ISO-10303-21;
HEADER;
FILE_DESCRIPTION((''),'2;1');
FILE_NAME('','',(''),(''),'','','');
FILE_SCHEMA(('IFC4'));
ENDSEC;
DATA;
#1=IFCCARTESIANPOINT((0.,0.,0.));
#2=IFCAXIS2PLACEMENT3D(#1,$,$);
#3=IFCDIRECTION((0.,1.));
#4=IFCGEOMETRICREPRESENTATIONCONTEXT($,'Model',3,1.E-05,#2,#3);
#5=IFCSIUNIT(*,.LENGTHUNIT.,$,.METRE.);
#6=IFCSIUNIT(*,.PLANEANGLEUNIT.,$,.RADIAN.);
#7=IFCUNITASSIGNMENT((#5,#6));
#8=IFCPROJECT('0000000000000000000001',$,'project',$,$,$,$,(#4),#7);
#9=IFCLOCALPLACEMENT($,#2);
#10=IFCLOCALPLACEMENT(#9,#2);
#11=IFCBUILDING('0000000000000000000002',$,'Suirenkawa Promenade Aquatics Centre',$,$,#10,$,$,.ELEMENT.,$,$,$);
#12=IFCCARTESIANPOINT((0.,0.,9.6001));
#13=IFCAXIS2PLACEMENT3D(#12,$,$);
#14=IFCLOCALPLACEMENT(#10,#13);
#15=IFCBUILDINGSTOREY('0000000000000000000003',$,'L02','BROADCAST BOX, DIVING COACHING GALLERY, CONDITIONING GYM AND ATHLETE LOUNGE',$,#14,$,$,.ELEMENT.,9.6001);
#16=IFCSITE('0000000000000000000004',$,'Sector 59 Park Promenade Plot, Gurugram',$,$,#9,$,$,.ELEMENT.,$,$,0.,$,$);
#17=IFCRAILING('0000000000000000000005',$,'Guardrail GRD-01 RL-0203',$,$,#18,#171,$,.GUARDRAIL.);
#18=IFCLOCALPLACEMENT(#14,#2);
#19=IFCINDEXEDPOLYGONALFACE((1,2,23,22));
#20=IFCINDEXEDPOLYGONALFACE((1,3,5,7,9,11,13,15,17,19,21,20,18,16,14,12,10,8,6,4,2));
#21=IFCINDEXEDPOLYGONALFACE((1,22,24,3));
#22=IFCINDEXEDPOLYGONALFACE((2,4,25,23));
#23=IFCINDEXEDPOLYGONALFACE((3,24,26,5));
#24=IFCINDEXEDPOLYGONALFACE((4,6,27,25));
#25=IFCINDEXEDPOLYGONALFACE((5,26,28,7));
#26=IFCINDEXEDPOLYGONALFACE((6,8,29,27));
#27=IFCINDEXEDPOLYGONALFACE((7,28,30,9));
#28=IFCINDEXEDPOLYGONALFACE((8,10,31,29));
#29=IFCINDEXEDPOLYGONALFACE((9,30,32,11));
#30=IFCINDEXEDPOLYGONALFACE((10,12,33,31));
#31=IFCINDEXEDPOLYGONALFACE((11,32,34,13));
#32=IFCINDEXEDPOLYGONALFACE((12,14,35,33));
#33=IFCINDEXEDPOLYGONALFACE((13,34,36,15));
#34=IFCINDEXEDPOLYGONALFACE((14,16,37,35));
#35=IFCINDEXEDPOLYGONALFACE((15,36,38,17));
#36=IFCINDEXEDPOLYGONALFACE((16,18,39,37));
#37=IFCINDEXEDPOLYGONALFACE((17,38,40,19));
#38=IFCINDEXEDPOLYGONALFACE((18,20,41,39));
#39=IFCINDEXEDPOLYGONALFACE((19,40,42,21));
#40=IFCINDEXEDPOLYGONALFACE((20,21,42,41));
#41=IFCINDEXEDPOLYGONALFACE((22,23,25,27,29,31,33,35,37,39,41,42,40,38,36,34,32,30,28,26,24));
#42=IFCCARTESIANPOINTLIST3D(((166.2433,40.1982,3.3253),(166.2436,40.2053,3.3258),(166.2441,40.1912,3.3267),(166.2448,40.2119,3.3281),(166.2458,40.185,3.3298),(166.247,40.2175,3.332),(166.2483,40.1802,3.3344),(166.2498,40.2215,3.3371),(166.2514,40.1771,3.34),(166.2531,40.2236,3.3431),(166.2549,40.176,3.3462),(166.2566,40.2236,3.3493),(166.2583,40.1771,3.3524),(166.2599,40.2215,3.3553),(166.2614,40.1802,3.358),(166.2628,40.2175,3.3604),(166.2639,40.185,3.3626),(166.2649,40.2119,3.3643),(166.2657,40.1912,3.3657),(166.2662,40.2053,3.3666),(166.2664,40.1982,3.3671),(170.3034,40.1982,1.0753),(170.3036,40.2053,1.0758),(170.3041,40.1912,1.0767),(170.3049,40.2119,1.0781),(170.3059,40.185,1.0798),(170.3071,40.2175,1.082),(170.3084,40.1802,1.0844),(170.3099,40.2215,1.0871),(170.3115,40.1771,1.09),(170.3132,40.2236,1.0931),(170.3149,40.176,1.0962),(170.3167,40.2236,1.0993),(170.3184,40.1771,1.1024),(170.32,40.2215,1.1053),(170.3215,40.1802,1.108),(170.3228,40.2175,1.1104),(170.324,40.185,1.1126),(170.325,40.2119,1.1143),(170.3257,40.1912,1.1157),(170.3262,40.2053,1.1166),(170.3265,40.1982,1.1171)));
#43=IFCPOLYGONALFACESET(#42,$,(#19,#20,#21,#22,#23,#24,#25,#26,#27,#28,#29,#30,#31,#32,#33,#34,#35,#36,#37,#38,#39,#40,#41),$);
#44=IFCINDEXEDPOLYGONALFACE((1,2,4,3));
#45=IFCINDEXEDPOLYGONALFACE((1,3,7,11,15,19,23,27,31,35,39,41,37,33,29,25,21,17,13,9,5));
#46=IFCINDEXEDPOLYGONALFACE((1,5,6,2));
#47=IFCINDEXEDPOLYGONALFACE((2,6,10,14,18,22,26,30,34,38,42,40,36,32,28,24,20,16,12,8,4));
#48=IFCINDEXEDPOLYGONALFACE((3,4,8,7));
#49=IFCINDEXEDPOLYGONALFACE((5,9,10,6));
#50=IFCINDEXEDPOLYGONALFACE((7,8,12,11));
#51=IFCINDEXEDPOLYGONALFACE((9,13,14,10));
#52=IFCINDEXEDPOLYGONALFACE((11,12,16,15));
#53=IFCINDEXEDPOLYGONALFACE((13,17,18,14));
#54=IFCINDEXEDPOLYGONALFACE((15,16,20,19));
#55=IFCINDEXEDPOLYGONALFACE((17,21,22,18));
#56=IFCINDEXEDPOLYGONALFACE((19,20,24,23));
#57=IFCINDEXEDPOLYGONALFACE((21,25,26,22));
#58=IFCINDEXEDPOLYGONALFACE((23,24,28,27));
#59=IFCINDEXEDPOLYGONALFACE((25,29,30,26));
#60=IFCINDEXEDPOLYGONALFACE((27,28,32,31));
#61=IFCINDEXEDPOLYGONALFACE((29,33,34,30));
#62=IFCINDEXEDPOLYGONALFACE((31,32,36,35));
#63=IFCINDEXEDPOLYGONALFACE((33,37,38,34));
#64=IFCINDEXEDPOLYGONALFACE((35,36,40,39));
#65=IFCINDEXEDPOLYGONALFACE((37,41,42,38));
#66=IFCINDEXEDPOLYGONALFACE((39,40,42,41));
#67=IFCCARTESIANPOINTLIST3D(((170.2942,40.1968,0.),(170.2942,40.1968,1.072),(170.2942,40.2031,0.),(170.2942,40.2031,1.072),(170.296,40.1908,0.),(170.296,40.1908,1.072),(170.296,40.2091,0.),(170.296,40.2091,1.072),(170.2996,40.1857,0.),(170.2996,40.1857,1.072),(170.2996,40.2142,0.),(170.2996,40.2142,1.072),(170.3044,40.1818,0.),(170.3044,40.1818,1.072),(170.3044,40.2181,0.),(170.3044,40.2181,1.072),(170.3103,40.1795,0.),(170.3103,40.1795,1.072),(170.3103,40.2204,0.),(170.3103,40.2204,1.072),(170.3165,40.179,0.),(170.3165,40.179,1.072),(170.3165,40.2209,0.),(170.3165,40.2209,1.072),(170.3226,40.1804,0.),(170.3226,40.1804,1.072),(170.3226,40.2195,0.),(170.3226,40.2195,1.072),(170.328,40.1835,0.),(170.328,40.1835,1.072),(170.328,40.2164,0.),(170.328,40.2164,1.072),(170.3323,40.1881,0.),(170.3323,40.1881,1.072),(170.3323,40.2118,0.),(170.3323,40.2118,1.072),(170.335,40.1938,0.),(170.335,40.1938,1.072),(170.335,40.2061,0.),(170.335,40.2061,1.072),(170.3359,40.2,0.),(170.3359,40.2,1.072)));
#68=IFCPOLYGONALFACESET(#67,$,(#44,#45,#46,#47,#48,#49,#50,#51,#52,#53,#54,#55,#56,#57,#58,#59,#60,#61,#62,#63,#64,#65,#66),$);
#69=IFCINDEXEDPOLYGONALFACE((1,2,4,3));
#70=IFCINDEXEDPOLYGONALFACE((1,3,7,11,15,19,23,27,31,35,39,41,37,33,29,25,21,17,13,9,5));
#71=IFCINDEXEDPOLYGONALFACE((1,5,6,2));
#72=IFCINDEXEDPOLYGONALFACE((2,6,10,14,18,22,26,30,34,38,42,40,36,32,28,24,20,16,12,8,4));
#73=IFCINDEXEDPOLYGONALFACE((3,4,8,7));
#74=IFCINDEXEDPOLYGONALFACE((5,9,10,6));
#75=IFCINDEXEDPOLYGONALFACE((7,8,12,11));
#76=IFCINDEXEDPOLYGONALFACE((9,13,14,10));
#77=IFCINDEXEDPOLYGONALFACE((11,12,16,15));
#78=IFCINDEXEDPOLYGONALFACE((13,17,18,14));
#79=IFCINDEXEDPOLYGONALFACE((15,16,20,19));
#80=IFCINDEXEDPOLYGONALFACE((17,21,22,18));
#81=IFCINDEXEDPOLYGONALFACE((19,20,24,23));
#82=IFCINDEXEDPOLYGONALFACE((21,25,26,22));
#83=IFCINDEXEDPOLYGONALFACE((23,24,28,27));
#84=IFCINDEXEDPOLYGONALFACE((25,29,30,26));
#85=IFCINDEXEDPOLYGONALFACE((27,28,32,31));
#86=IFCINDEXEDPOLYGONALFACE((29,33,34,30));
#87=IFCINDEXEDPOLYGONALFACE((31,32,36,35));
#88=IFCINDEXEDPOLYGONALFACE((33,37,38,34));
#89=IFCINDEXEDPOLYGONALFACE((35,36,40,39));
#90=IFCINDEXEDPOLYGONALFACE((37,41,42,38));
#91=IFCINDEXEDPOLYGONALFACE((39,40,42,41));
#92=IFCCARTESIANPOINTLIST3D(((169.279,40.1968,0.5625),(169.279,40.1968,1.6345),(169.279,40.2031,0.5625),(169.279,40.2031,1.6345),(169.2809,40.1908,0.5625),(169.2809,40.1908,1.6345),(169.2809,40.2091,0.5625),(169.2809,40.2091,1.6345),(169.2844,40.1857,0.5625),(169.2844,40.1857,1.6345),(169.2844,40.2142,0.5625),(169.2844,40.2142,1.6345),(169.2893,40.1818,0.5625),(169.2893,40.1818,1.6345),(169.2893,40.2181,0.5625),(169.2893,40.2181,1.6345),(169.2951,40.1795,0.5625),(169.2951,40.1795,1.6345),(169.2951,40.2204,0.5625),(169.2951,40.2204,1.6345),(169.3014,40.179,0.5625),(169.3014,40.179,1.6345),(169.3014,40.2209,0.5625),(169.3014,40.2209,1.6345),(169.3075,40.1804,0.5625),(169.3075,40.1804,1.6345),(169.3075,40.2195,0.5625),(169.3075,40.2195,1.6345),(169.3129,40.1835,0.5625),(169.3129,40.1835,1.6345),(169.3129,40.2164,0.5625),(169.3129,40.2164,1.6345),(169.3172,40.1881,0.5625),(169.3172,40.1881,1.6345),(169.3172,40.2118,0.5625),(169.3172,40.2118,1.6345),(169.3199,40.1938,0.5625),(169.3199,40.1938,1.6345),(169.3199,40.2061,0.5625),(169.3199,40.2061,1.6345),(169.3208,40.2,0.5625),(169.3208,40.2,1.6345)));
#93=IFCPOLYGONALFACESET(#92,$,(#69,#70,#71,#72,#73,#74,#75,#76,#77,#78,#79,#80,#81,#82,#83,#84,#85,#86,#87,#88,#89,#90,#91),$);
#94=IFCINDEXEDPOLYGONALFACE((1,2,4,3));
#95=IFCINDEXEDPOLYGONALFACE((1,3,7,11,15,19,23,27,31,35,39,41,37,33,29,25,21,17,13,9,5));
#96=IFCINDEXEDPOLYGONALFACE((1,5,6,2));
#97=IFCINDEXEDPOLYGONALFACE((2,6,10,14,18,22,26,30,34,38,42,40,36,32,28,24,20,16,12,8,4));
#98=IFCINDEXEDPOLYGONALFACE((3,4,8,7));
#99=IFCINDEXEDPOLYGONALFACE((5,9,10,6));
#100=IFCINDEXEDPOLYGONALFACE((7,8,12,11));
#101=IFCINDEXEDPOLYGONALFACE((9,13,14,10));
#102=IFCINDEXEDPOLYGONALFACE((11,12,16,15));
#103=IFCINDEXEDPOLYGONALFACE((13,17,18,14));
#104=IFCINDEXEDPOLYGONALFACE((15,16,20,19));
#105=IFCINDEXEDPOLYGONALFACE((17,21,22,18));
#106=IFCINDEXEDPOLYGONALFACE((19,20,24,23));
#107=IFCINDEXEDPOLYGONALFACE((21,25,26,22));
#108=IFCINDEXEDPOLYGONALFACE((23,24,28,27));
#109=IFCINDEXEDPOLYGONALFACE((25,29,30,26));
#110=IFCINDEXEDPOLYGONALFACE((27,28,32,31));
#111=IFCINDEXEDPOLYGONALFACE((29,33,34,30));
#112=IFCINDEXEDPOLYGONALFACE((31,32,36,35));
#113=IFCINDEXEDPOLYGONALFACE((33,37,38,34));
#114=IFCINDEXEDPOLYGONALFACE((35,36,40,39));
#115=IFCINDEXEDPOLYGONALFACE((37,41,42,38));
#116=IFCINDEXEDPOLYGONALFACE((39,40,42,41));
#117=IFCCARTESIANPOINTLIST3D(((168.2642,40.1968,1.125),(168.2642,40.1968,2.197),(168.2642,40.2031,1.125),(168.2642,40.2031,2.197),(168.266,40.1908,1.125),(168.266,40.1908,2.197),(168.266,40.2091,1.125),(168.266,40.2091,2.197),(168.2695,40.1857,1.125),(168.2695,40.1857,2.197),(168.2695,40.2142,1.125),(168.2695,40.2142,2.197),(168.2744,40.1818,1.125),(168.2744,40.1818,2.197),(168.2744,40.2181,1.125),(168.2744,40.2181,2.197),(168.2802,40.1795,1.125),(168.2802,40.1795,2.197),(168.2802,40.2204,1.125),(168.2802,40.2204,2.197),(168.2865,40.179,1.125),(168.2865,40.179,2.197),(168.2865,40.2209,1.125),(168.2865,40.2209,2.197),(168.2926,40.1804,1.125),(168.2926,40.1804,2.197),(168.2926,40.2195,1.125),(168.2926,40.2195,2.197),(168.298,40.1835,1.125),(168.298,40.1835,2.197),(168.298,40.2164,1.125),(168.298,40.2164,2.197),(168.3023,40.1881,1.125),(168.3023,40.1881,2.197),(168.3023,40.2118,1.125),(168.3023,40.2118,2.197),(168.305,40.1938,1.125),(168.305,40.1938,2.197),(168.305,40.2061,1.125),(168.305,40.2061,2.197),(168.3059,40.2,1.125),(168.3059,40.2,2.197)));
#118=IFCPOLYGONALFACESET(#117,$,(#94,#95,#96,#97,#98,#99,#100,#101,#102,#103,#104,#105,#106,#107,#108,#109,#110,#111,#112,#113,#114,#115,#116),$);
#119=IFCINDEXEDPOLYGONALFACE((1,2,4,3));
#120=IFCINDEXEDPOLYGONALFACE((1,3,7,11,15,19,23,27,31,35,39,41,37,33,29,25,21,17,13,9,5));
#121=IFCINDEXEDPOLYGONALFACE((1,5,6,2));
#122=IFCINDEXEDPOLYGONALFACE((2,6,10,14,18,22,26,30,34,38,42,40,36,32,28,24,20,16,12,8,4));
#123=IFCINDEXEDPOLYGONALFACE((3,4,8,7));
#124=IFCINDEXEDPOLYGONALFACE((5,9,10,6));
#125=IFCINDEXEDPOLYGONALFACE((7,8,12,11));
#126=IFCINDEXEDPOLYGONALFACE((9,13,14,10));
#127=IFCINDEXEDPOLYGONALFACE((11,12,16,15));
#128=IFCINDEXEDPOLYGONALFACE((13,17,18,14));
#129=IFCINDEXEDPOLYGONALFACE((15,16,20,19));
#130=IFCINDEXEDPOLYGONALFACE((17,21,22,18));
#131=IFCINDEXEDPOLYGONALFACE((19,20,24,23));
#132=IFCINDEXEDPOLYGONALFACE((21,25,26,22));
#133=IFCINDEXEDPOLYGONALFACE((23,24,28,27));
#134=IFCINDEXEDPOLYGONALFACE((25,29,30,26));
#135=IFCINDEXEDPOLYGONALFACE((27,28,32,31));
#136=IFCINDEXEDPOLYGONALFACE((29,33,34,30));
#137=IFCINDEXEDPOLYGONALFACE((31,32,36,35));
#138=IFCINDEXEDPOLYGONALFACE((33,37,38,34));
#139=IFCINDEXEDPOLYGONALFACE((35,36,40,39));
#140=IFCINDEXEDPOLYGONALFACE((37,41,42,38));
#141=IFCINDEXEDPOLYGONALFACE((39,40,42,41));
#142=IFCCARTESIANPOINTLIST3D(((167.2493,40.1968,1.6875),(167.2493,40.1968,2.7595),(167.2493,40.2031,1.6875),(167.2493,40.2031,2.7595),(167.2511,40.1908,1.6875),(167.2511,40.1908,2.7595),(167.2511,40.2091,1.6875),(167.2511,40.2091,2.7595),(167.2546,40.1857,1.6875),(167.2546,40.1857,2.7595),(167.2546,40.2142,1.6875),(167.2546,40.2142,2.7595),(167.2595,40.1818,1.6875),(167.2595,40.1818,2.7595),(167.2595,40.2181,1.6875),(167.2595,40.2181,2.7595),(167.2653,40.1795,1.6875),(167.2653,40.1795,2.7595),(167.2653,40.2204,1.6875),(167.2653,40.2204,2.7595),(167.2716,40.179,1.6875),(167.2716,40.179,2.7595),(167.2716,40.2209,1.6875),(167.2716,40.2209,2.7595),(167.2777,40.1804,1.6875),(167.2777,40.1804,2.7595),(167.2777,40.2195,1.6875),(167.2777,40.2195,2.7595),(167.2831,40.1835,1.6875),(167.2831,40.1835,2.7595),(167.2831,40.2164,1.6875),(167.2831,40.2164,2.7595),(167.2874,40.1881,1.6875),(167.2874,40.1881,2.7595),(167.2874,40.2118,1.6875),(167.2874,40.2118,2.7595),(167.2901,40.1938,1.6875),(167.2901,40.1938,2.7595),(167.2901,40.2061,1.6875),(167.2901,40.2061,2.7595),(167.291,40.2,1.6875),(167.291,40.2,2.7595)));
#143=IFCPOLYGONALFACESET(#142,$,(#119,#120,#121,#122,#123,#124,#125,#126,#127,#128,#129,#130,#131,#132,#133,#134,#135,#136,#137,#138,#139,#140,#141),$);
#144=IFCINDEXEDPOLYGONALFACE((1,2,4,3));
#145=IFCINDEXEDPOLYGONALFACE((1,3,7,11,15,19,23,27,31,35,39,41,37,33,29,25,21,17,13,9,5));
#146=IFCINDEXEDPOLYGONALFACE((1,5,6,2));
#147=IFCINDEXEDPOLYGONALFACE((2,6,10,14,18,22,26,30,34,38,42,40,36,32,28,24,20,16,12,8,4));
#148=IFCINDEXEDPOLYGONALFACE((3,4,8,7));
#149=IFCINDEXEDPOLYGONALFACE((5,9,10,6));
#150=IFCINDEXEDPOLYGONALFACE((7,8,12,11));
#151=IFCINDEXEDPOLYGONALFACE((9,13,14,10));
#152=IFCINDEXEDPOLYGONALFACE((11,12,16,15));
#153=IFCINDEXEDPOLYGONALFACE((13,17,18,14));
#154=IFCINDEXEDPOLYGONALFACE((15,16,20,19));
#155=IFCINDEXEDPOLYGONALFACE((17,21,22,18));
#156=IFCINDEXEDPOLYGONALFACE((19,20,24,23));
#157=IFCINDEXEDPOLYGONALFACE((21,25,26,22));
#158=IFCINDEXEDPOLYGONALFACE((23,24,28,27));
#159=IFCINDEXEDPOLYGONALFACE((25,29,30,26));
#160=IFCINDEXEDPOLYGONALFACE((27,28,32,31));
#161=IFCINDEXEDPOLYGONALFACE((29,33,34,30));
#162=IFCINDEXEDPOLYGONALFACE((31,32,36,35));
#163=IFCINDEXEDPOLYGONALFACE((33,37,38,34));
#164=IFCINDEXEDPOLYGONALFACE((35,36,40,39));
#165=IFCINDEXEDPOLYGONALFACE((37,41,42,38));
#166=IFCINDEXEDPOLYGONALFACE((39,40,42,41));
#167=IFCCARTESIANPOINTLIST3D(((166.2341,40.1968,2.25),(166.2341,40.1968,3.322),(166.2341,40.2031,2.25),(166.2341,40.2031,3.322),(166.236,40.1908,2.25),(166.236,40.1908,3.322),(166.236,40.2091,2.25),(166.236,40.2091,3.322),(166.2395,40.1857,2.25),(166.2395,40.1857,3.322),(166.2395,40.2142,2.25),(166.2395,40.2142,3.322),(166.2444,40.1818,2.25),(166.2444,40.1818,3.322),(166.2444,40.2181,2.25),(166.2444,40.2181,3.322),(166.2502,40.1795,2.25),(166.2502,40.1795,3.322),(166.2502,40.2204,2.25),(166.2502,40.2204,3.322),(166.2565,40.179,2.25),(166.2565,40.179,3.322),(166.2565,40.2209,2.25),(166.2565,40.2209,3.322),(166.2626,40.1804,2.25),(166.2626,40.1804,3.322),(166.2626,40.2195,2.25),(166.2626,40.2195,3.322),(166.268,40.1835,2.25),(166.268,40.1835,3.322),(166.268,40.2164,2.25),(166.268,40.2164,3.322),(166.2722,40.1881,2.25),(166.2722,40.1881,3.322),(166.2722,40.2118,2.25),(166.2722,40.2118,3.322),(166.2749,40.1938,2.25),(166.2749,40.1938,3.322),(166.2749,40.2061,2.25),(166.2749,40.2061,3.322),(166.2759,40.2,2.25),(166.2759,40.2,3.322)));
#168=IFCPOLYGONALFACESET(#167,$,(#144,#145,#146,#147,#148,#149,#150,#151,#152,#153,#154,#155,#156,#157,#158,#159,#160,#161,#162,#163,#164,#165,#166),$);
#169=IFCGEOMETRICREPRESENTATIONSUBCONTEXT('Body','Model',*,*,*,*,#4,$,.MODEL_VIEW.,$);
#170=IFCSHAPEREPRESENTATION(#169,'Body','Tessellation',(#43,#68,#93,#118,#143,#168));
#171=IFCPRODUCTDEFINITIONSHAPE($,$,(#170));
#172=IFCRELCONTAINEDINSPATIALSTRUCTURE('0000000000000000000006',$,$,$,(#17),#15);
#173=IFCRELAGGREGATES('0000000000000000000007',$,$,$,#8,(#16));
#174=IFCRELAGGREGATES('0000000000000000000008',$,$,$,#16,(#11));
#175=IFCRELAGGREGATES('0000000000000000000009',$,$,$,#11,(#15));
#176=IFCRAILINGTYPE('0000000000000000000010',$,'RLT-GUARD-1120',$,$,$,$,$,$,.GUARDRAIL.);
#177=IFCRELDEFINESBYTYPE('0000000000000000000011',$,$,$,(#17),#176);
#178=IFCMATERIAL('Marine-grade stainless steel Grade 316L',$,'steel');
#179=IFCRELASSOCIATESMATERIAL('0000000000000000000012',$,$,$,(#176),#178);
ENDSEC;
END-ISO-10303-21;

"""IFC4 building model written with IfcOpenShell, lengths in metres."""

from ifc_helpers import new_model, si_unit, direction, frame, origin, origin_2d, place, context, subcontext, project, spatial, circle, extrude, material, type_object, element, save


model = new_model("IFC4")

# Units and contexts
model_context = context("Model", 3, precision=1e-05, world=origin(), true_north=direction((0.0, 1.0)))
body_context = subcontext(model_context, "Body", "Model", "MODEL_VIEW")
ifc_project = project(units=[si_unit("LENGTHUNIT", "METRE"), si_unit("PLANEANGLEUNIT", "RADIAN")], contexts=[model_context])

# Site, building, storey
site_placement = place(None, origin())
site = spatial("IfcSite", under=ifc_project, at=site_placement, Name="Sector 59 Park Promenade Plot, Gurugram", CompositionType="ELEMENT", RefElevation=0.0)
building_placement = place(site_placement, origin())
building = spatial("IfcBuilding", under=site, at=building_placement, Name="Suirenkawa Promenade Aquatics Centre", CompositionType="ELEMENT")
storey_placement = place(building_placement, frame((0.0, 0.0, 9.6001)))
storey = spatial("IfcBuildingStorey", under=building, at=storey_placement, Name="L02", Description="BROADCAST BOX, DIVING COACHING GALLERY, CONDITIONING GYM AND ATHLETE LOUNGE", CompositionType="ELEMENT", Elevation=9.6001)

# Railing
ifc_material_1 = material(Name="Marine-grade stainless steel Grade 316L", Category="steel")
railing_type_1 = type_object("IfcRailingType", Name="RLT-GUARD-1120", PredefinedType="GUARDRAIL", material=ifc_material_1)
railing_1_placement = place(storey_placement, frame((170.3149, 40.2, 0.0)))
element("IfcRailing", 1, at=railing_1_placement, inside=storey, type_object=railing_type_1, Name="Guardrail GRD-01 RL-0203", PredefinedType="GUARDRAIL", context=body_context, shape_type="SweptSolid", body=[
    extrude(circle(Radius=0.0239, at=origin_2d()), frame((0.0, 0.0, 1.0962), z_axis=(-0.874668, 0.0, 0.484723), x_axis=(0.0, -1.0, 0.0)), (0.0, 0.0, 1.0), 4.6418),
    extrude(circle(Radius=0.021, at=origin_2d()), origin(), (0.0, 0.0, 1.0), 1.072),
    extrude(circle(Radius=0.021, at=origin_2d()), frame((-1.0151, 0.0, 0.5625)), (0.0, 0.0, 1.0), 1.072),
    extrude(circle(Radius=0.021, at=origin_2d()), frame((-2.03, 0.0, 1.125)), (0.0, 0.0, 1.0), 1.072),
    extrude(circle(Radius=0.021, at=origin_2d()), frame((-3.0449, 0.0, 1.6875)), (0.0, 0.0, 1.0), 1.072),
    extrude(circle(Radius=0.021, at=origin_2d()), frame((-4.0601, 0.0, 2.25)), (0.0, 0.0, 1.0), 1.072),
])

save(model, "model.ifc")
